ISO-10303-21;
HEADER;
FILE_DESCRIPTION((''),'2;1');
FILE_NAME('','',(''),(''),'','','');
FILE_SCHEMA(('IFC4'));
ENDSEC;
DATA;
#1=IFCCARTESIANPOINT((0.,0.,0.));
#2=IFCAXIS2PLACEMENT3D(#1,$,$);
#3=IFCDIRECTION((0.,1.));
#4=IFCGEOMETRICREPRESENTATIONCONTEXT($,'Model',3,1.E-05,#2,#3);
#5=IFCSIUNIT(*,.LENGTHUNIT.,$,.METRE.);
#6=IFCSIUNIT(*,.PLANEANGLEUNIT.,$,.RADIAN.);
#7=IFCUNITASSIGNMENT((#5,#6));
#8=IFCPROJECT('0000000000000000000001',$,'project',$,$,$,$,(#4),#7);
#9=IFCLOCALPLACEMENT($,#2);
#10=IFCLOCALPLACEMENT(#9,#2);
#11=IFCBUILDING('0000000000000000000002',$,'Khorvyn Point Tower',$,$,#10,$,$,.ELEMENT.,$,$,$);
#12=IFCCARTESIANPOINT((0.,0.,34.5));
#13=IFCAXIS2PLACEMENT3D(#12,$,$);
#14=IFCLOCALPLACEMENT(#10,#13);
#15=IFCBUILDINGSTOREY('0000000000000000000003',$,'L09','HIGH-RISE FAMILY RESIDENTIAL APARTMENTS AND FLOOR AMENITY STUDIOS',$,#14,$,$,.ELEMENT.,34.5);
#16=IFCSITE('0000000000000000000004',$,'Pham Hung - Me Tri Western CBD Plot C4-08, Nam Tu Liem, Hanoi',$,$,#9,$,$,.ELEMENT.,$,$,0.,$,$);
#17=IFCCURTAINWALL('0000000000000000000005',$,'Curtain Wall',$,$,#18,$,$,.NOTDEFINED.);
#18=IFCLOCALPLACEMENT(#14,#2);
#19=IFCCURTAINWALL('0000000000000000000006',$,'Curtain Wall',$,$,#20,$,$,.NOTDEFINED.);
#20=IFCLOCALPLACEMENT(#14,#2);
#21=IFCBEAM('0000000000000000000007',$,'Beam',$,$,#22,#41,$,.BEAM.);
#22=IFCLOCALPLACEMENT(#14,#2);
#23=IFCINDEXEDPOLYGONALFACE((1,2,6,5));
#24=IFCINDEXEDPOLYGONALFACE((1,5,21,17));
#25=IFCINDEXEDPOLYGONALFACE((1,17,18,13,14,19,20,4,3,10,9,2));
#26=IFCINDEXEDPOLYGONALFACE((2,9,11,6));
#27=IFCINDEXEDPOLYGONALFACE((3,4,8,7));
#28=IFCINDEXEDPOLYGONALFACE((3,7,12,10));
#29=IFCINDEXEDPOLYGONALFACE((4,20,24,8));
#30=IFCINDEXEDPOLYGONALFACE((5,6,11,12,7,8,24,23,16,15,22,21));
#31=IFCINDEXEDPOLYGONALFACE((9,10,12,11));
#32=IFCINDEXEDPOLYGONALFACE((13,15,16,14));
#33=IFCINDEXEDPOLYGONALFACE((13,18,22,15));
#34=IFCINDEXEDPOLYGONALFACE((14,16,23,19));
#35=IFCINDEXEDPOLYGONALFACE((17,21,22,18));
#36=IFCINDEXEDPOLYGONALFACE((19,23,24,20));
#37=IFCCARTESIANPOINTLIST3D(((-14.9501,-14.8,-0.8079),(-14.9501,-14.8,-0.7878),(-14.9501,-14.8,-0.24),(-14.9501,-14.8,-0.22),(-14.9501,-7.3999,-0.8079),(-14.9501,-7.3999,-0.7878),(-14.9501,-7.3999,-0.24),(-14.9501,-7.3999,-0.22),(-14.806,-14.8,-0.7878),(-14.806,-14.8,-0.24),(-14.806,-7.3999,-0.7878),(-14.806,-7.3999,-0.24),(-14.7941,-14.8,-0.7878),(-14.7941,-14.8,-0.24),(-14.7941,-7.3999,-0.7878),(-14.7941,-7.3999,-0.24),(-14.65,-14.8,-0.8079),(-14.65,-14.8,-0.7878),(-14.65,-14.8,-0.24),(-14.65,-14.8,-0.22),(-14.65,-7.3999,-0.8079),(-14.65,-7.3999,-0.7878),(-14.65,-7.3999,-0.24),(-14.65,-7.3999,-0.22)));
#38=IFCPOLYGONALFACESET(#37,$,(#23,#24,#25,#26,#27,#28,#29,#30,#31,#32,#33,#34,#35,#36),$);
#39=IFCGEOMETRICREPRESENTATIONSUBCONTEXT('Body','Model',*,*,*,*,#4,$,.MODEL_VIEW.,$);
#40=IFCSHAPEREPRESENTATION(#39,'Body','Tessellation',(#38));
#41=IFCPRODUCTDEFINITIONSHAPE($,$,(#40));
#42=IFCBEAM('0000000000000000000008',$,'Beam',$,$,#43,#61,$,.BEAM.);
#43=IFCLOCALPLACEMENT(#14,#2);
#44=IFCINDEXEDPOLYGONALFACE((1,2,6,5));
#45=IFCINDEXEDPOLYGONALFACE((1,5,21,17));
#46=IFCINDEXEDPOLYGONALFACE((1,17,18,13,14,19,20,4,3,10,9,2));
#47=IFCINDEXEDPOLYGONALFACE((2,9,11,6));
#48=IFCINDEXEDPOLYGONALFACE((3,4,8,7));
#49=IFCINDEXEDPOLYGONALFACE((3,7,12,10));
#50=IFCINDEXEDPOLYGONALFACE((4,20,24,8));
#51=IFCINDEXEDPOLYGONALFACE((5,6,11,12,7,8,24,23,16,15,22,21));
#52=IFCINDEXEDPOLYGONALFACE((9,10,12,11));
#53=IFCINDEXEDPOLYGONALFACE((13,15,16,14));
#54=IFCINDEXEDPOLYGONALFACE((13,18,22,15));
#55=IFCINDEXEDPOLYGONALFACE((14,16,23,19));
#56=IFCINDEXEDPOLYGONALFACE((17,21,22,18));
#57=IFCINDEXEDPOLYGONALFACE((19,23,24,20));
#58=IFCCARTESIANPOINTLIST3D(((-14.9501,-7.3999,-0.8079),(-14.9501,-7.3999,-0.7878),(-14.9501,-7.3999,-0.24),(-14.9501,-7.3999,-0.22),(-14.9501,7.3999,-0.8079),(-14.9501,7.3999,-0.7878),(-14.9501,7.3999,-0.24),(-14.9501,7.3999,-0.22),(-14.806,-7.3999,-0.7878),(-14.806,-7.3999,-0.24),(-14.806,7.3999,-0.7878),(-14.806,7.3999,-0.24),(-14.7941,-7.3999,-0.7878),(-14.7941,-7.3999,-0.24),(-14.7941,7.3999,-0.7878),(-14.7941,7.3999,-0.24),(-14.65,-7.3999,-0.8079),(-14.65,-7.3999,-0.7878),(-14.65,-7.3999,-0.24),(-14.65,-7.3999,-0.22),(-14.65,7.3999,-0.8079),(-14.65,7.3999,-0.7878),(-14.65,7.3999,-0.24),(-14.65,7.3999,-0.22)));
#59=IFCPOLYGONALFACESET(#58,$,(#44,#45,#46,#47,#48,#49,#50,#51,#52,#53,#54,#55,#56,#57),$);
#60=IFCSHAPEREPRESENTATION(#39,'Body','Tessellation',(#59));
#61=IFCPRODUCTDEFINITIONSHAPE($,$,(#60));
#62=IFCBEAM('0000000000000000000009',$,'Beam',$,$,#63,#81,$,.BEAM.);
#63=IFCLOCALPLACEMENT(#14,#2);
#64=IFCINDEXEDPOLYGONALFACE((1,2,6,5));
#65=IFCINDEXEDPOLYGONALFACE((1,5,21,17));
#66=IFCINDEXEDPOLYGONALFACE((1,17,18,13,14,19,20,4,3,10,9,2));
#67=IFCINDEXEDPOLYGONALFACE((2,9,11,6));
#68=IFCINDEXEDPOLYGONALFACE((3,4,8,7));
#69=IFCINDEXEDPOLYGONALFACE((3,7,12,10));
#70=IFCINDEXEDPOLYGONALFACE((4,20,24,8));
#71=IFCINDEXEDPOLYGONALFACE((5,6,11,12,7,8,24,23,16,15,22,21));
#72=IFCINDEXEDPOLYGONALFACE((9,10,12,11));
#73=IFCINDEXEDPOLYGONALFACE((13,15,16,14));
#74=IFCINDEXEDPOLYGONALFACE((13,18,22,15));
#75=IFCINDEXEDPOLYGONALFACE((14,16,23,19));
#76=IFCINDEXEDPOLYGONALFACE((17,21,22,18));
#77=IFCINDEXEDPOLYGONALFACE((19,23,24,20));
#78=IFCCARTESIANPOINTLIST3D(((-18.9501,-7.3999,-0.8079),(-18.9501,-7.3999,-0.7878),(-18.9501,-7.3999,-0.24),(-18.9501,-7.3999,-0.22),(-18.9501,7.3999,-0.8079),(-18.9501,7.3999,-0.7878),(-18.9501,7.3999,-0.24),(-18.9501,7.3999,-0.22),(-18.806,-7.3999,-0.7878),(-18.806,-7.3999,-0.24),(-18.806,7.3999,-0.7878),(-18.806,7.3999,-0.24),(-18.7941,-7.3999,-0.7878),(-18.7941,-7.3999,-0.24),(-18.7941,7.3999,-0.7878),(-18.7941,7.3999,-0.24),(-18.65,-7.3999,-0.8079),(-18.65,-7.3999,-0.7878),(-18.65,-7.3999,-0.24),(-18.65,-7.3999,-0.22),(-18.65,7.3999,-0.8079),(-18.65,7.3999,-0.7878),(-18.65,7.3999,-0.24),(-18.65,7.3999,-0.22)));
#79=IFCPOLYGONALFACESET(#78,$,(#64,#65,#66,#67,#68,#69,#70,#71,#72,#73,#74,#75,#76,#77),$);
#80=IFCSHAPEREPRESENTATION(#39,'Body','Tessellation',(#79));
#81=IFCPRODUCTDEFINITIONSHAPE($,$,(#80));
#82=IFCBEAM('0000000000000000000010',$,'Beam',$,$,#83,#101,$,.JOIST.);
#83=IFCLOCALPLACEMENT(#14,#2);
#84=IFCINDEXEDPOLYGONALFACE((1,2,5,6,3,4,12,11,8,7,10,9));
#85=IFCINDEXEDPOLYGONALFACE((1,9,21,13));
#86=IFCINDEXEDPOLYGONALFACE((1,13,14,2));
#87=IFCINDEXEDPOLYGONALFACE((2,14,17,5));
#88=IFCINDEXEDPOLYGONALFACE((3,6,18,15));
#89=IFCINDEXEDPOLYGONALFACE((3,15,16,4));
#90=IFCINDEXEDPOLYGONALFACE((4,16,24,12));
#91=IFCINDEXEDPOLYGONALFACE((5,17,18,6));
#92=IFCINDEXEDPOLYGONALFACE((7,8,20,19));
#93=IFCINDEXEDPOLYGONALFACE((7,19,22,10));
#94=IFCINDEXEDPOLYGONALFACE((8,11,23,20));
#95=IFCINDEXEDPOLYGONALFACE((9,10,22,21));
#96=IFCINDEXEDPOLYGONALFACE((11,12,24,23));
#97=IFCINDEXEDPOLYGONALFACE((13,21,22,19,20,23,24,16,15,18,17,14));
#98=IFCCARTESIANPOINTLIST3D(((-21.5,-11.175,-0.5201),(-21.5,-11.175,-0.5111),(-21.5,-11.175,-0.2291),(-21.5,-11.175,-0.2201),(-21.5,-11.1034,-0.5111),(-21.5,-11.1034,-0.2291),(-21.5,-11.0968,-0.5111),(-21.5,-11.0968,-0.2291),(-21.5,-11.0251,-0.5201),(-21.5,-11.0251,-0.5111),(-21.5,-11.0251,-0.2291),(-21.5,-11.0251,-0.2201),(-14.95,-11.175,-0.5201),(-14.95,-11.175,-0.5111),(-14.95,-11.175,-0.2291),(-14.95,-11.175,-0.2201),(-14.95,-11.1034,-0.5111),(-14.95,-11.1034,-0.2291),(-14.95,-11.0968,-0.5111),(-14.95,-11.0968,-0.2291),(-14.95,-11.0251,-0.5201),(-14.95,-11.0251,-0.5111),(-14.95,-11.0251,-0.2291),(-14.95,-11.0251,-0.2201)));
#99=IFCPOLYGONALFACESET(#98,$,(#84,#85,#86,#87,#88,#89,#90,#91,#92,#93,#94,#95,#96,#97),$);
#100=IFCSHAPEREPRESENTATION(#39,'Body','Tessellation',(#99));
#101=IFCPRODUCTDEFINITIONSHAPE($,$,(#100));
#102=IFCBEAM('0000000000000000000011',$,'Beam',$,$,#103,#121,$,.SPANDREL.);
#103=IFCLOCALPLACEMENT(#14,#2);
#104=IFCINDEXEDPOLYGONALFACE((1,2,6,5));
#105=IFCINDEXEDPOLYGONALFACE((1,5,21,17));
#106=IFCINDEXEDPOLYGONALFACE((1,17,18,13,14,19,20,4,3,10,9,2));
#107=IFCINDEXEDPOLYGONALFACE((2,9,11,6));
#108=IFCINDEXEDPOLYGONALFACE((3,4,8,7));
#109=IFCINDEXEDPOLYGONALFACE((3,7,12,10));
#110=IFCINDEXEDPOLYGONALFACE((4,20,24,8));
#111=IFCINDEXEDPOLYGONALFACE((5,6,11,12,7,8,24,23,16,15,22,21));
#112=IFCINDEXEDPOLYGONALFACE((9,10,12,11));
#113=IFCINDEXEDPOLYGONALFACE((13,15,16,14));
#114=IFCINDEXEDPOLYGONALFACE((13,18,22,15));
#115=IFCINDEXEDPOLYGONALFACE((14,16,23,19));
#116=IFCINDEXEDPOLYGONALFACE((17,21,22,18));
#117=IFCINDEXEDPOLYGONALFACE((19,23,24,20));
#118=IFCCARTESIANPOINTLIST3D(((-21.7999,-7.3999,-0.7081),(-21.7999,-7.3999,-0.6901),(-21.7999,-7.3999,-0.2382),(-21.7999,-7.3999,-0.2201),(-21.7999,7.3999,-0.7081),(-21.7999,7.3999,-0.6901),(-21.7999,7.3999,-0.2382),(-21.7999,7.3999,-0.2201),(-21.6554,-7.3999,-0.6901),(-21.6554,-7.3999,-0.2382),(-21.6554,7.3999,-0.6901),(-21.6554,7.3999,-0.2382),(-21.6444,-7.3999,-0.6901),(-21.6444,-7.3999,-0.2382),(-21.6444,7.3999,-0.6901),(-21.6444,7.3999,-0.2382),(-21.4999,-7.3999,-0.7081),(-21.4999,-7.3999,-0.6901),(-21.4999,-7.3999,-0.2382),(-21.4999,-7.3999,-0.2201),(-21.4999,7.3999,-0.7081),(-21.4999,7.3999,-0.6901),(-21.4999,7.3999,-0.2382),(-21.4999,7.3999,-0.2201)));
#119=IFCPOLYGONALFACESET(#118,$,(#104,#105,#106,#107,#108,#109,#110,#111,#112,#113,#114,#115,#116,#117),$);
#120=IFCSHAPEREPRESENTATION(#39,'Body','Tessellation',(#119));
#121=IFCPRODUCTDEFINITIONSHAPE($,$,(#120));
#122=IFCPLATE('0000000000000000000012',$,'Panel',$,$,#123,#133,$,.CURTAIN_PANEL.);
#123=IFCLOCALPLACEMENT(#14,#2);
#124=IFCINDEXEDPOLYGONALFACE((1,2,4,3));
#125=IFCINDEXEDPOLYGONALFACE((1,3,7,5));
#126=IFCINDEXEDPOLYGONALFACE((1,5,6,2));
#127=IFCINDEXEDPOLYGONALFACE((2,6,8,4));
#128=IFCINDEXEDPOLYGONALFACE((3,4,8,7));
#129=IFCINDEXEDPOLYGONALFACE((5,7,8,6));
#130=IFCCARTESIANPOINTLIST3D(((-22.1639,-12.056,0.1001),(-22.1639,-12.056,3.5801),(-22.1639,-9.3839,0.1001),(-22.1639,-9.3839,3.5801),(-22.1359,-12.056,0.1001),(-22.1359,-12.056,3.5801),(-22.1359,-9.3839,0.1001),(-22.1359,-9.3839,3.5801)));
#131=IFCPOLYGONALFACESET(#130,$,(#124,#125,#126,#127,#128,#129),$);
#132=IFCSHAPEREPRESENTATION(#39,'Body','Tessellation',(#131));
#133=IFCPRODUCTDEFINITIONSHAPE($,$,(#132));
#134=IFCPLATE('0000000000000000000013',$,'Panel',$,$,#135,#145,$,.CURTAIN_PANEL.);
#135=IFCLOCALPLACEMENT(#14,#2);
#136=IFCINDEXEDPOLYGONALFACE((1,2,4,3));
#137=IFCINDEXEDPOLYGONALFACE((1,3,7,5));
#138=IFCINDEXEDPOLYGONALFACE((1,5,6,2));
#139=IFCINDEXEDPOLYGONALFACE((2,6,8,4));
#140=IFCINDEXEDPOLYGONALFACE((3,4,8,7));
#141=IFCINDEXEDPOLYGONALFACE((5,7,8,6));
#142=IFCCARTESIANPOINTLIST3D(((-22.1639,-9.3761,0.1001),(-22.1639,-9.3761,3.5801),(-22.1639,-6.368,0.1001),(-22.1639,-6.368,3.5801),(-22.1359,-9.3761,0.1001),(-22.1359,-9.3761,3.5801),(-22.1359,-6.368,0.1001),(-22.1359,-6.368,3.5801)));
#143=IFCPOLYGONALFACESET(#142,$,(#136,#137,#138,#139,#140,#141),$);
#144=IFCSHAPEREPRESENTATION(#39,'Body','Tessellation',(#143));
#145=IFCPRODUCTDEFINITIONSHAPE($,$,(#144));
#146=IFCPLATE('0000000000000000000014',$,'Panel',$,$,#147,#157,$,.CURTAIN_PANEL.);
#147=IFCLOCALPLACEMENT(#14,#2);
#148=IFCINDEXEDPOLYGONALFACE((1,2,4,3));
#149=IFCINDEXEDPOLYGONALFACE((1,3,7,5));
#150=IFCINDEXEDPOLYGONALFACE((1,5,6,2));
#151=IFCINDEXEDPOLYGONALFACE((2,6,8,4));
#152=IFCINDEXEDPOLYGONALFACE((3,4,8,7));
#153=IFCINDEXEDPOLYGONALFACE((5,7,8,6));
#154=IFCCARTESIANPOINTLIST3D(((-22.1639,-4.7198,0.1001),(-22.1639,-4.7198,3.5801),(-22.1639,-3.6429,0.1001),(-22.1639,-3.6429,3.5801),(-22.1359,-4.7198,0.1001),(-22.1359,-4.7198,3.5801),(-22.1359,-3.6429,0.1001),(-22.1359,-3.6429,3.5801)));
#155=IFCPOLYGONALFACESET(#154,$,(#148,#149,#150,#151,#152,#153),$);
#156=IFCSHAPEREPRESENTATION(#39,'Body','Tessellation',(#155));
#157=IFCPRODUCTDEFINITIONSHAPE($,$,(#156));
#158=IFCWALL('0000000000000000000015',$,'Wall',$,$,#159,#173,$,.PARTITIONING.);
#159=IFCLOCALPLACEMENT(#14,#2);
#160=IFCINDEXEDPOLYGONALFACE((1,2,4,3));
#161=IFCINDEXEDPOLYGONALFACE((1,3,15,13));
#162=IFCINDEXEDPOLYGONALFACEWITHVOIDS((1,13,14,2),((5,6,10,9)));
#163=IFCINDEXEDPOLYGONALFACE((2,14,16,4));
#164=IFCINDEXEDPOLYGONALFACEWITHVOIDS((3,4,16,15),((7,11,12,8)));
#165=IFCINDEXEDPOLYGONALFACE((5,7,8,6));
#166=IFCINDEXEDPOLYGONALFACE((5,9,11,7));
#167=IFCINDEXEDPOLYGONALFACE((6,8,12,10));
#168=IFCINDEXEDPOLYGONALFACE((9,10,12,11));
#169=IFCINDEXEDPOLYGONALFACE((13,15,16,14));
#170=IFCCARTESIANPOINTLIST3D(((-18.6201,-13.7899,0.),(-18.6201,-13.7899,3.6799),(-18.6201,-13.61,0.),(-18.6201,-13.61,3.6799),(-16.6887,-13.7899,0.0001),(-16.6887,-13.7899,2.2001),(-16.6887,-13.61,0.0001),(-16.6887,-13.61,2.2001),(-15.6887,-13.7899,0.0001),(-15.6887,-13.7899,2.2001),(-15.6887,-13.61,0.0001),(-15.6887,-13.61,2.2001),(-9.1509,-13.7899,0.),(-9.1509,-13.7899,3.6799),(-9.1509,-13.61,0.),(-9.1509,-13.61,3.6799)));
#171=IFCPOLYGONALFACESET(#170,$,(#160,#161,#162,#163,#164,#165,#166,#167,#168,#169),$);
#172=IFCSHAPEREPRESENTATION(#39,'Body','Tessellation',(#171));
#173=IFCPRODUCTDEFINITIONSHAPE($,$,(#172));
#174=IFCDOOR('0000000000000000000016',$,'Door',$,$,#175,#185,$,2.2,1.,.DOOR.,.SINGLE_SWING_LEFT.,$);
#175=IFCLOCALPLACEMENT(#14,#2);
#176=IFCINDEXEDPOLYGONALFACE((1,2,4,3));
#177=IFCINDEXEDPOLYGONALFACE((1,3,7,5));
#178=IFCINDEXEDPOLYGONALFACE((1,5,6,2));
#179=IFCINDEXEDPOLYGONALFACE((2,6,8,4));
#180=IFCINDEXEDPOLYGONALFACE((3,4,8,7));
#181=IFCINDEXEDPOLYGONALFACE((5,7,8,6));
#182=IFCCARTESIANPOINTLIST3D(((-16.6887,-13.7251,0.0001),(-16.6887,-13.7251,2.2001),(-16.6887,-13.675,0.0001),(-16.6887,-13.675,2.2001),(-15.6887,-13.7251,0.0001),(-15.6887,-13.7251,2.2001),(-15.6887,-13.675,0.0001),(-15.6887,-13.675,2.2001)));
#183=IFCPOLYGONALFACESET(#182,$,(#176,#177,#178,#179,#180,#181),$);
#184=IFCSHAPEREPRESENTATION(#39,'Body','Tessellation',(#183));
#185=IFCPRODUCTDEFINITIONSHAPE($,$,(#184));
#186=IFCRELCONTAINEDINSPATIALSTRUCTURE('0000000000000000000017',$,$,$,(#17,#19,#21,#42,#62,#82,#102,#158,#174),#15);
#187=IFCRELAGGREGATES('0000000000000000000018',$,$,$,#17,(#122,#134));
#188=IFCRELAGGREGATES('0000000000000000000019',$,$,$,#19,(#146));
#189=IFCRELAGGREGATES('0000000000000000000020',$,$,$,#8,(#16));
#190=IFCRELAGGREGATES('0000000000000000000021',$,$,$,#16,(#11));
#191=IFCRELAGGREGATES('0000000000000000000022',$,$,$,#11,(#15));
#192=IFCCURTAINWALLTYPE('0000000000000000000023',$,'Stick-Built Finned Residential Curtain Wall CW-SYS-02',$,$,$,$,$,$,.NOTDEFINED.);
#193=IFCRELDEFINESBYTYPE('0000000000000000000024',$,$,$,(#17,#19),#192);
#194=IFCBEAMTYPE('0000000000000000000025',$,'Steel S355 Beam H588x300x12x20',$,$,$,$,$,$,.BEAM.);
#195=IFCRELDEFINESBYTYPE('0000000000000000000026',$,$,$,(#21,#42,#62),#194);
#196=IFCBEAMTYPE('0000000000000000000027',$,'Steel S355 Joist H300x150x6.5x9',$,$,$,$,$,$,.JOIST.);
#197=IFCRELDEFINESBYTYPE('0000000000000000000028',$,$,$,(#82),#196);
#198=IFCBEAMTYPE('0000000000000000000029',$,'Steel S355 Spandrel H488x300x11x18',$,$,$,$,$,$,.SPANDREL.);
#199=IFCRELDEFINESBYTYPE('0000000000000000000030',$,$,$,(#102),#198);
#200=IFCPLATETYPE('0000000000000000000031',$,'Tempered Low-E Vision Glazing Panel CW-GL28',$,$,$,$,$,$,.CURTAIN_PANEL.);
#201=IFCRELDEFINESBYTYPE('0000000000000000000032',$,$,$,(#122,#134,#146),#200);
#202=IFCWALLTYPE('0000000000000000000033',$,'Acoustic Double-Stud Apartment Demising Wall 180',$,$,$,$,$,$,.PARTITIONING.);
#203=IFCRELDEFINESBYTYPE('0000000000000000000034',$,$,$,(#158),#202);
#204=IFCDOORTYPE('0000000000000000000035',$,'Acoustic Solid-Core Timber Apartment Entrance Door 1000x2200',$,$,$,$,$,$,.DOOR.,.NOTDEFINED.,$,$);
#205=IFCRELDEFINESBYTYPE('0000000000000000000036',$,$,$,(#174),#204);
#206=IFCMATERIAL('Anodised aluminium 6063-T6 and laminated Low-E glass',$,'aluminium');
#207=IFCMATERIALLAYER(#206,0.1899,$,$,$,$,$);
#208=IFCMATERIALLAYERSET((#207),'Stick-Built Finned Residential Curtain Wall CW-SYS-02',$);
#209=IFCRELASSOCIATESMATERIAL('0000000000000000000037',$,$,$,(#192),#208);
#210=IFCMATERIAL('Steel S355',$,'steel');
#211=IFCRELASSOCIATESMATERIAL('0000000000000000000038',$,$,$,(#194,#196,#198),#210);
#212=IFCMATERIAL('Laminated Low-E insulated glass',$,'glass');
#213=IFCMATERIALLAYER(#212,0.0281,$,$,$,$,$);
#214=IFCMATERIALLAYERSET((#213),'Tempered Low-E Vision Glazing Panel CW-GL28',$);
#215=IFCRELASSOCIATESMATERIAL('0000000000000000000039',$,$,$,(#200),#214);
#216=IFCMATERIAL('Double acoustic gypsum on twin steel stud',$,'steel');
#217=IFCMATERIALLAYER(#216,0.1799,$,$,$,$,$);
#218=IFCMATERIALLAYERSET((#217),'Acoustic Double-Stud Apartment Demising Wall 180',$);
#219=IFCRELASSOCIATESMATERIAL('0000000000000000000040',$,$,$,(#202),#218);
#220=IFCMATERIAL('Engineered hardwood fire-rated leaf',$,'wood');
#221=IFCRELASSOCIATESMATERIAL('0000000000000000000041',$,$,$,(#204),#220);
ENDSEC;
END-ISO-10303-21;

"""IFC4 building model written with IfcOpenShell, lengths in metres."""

from ifc_helpers import new_model, si_unit, direction, frame, frame_2d, origin, origin_2d, place, context, subcontext, project, spatial, rectangle, i_section, extrude, material, layer, layer_set, material_profile, profile_set, type_object, element, fill, aggregate, save


model = new_model("IFC4")

# Units and contexts
model_context = context("Model", 3, precision=1e-05, world=origin(), true_north=direction((0.0, 1.0)))
body_context = subcontext(model_context, "Body", "Model", "MODEL_VIEW")
ifc_project = project(units=[si_unit("LENGTHUNIT", "METRE"), si_unit("PLANEANGLEUNIT", "RADIAN")], contexts=[model_context])

# Site, building, storey
site_placement = place(None, origin())
site = spatial("IfcSite", under=ifc_project, at=site_placement, Name="Pham Hung - Me Tri Western CBD Plot C4-08, Nam Tu Liem, Hanoi", CompositionType="ELEMENT", RefElevation=0.0)
building_placement = place(site_placement, origin())
building = spatial("IfcBuilding", under=site, at=building_placement, Name="Khorvyn Point Tower", CompositionType="ELEMENT")
storey_placement = place(building_placement, frame((0.0, 0.0, 34.5)))
storey = spatial("IfcBuildingStorey", under=building, at=storey_placement, Name="L09", Description="HIGH-RISE FAMILY RESIDENTIAL APARTMENTS AND FLOOR AMENITY STUDIOS", CompositionType="ELEMENT", Elevation=34.5)

# Curtain wall
ifc_material_1 = material(Name="Anodised aluminium 6063-T6 and laminated Low-E glass", Category="aluminium")
ifc_layer_1 = layer(ifc_material_1, 0.1899)
ifc_layer_set_1 = layer_set([ifc_layer_1], Name="Stick-Built Finned Residential Curtain Wall CW-SYS-02")
curtain_wall_type = type_object("IfcCurtainWallType", Name="Stick-Built Finned Residential Curtain Wall CW-SYS-02", PredefinedType="NOTDEFINED", material=ifc_layer_set_1)
curtain_wall_1_placement = place(storey_placement, origin())
curtain_wall_1 = element("IfcCurtainWall", 1, at=curtain_wall_1_placement, inside=storey, type_object=curtain_wall_type, Name="Curtain Wall", PredefinedType="NOTDEFINED")

# Curtain wall
curtain_wall_2_placement = place(storey_placement, origin())
curtain_wall_2 = element("IfcCurtainWall", 2, at=curtain_wall_2_placement, inside=storey, type_object=curtain_wall_type, Name="Curtain Wall", PredefinedType="NOTDEFINED")

# Beams
ifc_material_2 = material(Name="Steel S355", Category="steel")
ifc_material_profile_1 = material_profile(ifc_material_2, i_section(OverallWidth=0.3, OverallDepth=0.5879, WebThickness=0.012, FlangeThickness=0.02, at=origin_2d()))
ifc_profile_set_1 = profile_set([ifc_material_profile_1], Name="Steel S355 H588x300x12x20")
beam_type_1 = type_object("IfcBeamType", Name="Steel S355 Beam H588x300x12x20", PredefinedType="BEAM", material=ifc_profile_set_1)
beam_1_placement = place(storey_placement, frame((-14.8, -14.8, -0.5139), z_axis=(0.0, 1.0, 0.0), x_axis=(-1.0, 0.0, 0.0)))
element("IfcBeam", 3, at=beam_1_placement, inside=storey, type_object=beam_type_1, Name="Beam", PredefinedType="BEAM", context=body_context, shape_type="SweptSolid", body=[
    extrude(i_section(OverallWidth=0.3, OverallDepth=0.5879, WebThickness=0.012, FlangeThickness=0.02, at=origin_2d()), origin(), (0.0, 0.0, 1.0), 7.4001),
])
for number, where, z_axis, x_axis, name in (
    (4, (-14.8, -7.3999, -0.5139), (0.0, 1.0, 0.0), (-1.0, 0.0, 0.0), "Beam"),
    (5, (-18.8, -7.3999, -0.5139), (0.0, 1.0, 0.0), (-1.0, 0.0, 0.0), "Beam"),
):
    element("IfcBeam", number, at=place(storey_placement, frame(where, z_axis=z_axis, x_axis=x_axis)), inside=storey, type_object=beam_type_1, Name=name, PredefinedType="BEAM", context=body_context, shape_type="SweptSolid", body=[
        extrude(i_section(OverallWidth=0.3, OverallDepth=0.5879, WebThickness=0.012, FlangeThickness=0.02, at=origin_2d()), origin(), (0.0, 0.0, 1.0), 14.7998),
    ])
ifc_material_profile_2 = material_profile(ifc_material_2, i_section(OverallWidth=0.1499, OverallDepth=0.3, WebThickness=0.0066, FlangeThickness=0.009, at=origin_2d()))
ifc_profile_set_2 = profile_set([ifc_material_profile_2], Name="Steel S355 H300x150x6.5x9")
beam_type_2 = type_object("IfcBeamType", Name="Steel S355 Joist H300x150x6.5x9", PredefinedType="JOIST", material=ifc_profile_set_2)
beam_2_placement = place(storey_placement, frame((-21.5, -11.1001, -0.3701), z_axis=(1.0, 0.0, 0.0), x_axis=(0.0, 1.0, 0.0)))
element("IfcBeam", 6, at=beam_2_placement, inside=storey, type_object=beam_type_2, Name="Beam", PredefinedType="JOIST", context=body_context, shape_type="SweptSolid", body=[
    extrude(i_section(OverallWidth=0.1499, OverallDepth=0.3, WebThickness=0.0066, FlangeThickness=0.009, at=origin_2d()), origin(), (0.0, 0.0, 1.0), 6.55),
])
ifc_material_profile_3 = material_profile(ifc_material_2, i_section(OverallWidth=0.3, OverallDepth=0.488, WebThickness=0.011, FlangeThickness=0.0181, at=origin_2d()))
ifc_profile_set_3 = profile_set([ifc_material_profile_3], Name="Steel S355 H488x300x11x18")
beam_type_3 = type_object("IfcBeamType", Name="Steel S355 Spandrel H488x300x11x18", PredefinedType="SPANDREL", material=ifc_profile_set_3)
beam_3_placement = place(storey_placement, frame((-21.6499, -7.3999, -0.4641), z_axis=(0.0, 1.0, 0.0), x_axis=(-1.0, 0.0, 0.0)))
element("IfcBeam", 7, at=beam_3_placement, inside=storey, type_object=beam_type_3, Name="Beam", PredefinedType="SPANDREL", context=body_context, shape_type="SweptSolid", body=[
    extrude(i_section(OverallWidth=0.3, OverallDepth=0.488, WebThickness=0.011, FlangeThickness=0.0181, at=origin_2d()), origin(), (0.0, 0.0, 1.0), 14.7998),
])

# Plates
ifc_material_3 = material(Name="Laminated Low-E insulated glass", Category="glass")
ifc_layer_2 = layer(ifc_material_3, 0.0281)
ifc_layer_set_2 = layer_set([ifc_layer_2], Name="Tempered Low-E Vision Glazing Panel CW-GL28")
plate_type = type_object("IfcPlateType", Name="Tempered Low-E Vision Glazing Panel CW-GL28", PredefinedType="CURTAIN_PANEL", material=ifc_layer_set_2)
plate_1_placement = place(storey_placement, frame((-22.1499, -10.72, 0.1001), z_axis=(0.0, 0.0, 1.0), x_axis=(0.0, 1.0, 0.0)))
plate_1 = element("IfcPlate", 8, at=plate_1_placement, type_object=plate_type, Name="Panel", PredefinedType="CURTAIN_PANEL", context=body_context, shape_type="SweptSolid", body=[
    extrude(rectangle(XDim=2.6721, YDim=0.0281, at=origin_2d()), origin(), (0.0, 0.0, 1.0), 3.48),
])
plate_2_placement = place(storey_placement, frame((-22.1499, -7.8721, 0.1001), z_axis=(0.0, 0.0, 1.0), x_axis=(0.0, 1.0, 0.0)))
plate_2 = element("IfcPlate", 9, at=plate_2_placement, type_object=plate_type, Name="Panel", PredefinedType="CURTAIN_PANEL", context=body_context, shape_type="SweptSolid", body=[
    extrude(rectangle(XDim=3.0081, YDim=0.0281, at=origin_2d()), origin(), (0.0, 0.0, 1.0), 3.48),
])
aggregate(curtain_wall_1, [plate_1, plate_2])
plate_3_placement = place(storey_placement, frame((-22.1499, -4.1814, 0.1001), z_axis=(0.0, 0.0, 1.0), x_axis=(0.0, 1.0, 0.0)))
plate_3 = element("IfcPlate", 10, at=plate_3_placement, type_object=plate_type, Name="Panel", PredefinedType="CURTAIN_PANEL", context=body_context, shape_type="SweptSolid", body=[
    extrude(rectangle(XDim=1.0769, YDim=0.0281, at=origin_2d()), origin(), (0.0, 0.0, 1.0), 3.48),
])
aggregate(curtain_wall_2, [plate_3])

# Wall, opening, door
ifc_material_4 = material(Name="Double acoustic gypsum on twin steel stud", Category="steel")
ifc_layer_3 = layer(ifc_material_4, 0.1799)
ifc_layer_set_3 = layer_set([ifc_layer_3], Name="Acoustic Double-Stud Apartment Demising Wall 180")
wall_type_1 = type_object("IfcWallType", Name="Acoustic Double-Stud Apartment Demising Wall 180", PredefinedType="PARTITIONING", material=ifc_layer_set_3)
wall_1_placement = place(storey_placement, frame((-18.6201, -13.7, 0.0), z_axis=(0.0, 0.0, 1.0), x_axis=(1.0, 0.0, 0.0)))
wall_1 = element("IfcWall", 11, at=wall_1_placement, inside=storey, type_object=wall_type_1, Name="Wall", PredefinedType="PARTITIONING", context=body_context, shape_type="SweptSolid", body=[
    extrude(rectangle(XDim=9.4692, YDim=0.1799, at=frame_2d((4.7346, 0.0))), origin(), (0.0, 0.0, 1.0), 3.6799),
])
opening_1_placement = place(wall_1_placement, frame((1.9314, 0.0, 0.0)))
opening_1 = element("IfcOpeningElement", 12, at=opening_1_placement, cuts=wall_1, PredefinedType="OPENING", context=body_context, shape_type="SweptSolid", body=[
    extrude(rectangle(XDim=1.0, YDim=2.2, at=frame_2d((0.5, 1.1001))), frame((0.0, 0.0999, 0.0), z_axis=(0.0, -1.0, 0.0), x_axis=(1.0, 0.0, 0.0)), (0.0, 0.0, 1.0), 0.2),
])
ifc_material_5 = material(Name="Engineered hardwood fire-rated leaf", Category="wood")
door_type_1 = type_object("IfcDoorType", Name="Acoustic Solid-Core Timber Apartment Entrance Door 1000x2200", OperationType="NOTDEFINED", PredefinedType="DOOR", material=ifc_material_5)
door_1_placement = place(opening_1_placement, origin())
door_1 = element("IfcDoor", 13, at=door_1_placement, inside=storey, type_object=door_type_1, Name="Door", OperationType="SINGLE_SWING_LEFT", OverallHeight=2.2, OverallWidth=1.0, PredefinedType="DOOR", context=body_context, shape_type="SweptSolid", body=[
    extrude(rectangle(XDim=1.0, YDim=2.2, at=frame_2d((0.5, 1.1001))), frame((0.0, 0.0249, 0.0), z_axis=(0.0, -1.0, 0.0), x_axis=(1.0, 0.0, 0.0)), (0.0, 0.0, 1.0), 0.05),
])
fill(opening_1, door_1)

save(model, "model.ifc")
